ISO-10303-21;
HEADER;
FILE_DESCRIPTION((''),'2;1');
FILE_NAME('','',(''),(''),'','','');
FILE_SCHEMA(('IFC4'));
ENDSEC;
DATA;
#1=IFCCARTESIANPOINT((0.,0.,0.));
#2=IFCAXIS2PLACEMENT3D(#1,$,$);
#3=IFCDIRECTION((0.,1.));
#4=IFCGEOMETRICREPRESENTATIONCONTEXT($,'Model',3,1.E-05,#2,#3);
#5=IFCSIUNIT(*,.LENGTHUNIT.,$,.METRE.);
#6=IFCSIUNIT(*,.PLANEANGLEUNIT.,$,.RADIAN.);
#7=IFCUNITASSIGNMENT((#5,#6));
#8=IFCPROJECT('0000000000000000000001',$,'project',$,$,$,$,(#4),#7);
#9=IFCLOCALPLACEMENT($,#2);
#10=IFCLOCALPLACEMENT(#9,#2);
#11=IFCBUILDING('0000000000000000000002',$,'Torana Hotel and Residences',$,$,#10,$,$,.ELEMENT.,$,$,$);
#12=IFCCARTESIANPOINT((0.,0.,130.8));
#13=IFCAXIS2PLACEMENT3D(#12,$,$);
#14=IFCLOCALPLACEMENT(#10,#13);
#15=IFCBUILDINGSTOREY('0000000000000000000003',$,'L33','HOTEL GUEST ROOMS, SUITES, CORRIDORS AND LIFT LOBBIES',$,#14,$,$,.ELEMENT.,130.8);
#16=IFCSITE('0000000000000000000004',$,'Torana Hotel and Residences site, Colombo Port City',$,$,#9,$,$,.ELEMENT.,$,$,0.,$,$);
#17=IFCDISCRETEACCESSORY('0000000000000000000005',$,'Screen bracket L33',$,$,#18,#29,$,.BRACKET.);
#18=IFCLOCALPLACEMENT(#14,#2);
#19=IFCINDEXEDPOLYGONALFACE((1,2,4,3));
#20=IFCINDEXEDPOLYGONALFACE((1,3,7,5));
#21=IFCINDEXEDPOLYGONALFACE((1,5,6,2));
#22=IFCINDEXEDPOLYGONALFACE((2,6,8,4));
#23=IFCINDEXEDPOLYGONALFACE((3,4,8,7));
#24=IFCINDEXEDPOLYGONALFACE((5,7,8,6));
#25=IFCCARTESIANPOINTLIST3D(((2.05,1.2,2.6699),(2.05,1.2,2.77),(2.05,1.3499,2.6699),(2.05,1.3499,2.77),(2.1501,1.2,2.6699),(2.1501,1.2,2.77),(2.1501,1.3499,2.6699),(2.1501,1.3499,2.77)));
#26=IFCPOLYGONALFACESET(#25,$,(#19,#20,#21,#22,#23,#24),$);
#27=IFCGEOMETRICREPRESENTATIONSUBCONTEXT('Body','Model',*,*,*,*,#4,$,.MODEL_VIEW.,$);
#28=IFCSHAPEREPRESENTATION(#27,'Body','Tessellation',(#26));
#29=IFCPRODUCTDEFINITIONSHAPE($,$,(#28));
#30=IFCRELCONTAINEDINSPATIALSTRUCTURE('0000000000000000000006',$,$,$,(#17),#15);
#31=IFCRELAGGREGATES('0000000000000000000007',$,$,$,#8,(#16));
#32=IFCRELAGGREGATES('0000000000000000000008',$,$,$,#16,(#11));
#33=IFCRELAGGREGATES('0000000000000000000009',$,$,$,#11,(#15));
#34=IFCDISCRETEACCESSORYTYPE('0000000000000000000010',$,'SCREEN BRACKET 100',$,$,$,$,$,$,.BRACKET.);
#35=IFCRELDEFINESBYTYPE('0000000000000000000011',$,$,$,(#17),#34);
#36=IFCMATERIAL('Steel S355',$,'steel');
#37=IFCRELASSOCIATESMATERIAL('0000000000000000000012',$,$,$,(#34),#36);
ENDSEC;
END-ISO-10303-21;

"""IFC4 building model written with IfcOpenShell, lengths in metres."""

from ifc_helpers import new_model, si_unit, direction, frame, origin, origin_2d, place, context, subcontext, project, spatial, rectangle, extrude, material, type_object, element, save


model = new_model("IFC4")

# Units and contexts
model_context = context("Model", 3, precision=1e-05, world=origin(), true_north=direction((0.0, 1.0)))
body_context = subcontext(model_context, "Body", "Model", "MODEL_VIEW")
ifc_project = project(units=[si_unit("LENGTHUNIT", "METRE"), si_unit("PLANEANGLEUNIT", "RADIAN")], contexts=[model_context])

# Site, building, storey
site_placement = place(None, origin())
site = spatial("IfcSite", under=ifc_project, at=site_placement, Name="Torana Hotel and Residences site, Colombo Port City", CompositionType="ELEMENT", RefElevation=0.0)
building_placement = place(site_placement, origin())
building = spatial("IfcBuilding", under=site, at=building_placement, Name="Torana Hotel and Residences", CompositionType="ELEMENT")
storey_placement = place(building_placement, frame((0.0, 0.0, 130.8)))
storey = spatial("IfcBuildingStorey", under=building, at=storey_placement, Name="L33", Description="HOTEL GUEST ROOMS, SUITES, CORRIDORS AND LIFT LOBBIES", CompositionType="ELEMENT", Elevation=130.8)

# Discrete accessory
ifc_material_1 = material(Name="Steel S355", Category="steel")
discrete_accessory_type = type_object("IfcDiscreteAccessoryType", Name="SCREEN BRACKET 100", PredefinedType="BRACKET", material=ifc_material_1)
for number, where, z_axis, x_axis, name in (
    (1, (2.1001, 1.2749, 2.6699), (0.0, 0.0, 1.0), (-1.0, 0.0, 0.0), "Screen bracket L33"),
):
    element("IfcDiscreteAccessory", number, at=place(storey_placement, frame(where, z_axis=z_axis, x_axis=x_axis)), inside=storey, type_object=discrete_accessory_type, Name=name, PredefinedType="BRACKET", context=body_context, shape_type="SweptSolid", body=[
        extrude(rectangle(XDim=0.1001, YDim=0.1499, at=origin_2d()), origin(), (0.0, 0.0, 1.0), 0.1001),
    ])

save(model, "model.ifc")
